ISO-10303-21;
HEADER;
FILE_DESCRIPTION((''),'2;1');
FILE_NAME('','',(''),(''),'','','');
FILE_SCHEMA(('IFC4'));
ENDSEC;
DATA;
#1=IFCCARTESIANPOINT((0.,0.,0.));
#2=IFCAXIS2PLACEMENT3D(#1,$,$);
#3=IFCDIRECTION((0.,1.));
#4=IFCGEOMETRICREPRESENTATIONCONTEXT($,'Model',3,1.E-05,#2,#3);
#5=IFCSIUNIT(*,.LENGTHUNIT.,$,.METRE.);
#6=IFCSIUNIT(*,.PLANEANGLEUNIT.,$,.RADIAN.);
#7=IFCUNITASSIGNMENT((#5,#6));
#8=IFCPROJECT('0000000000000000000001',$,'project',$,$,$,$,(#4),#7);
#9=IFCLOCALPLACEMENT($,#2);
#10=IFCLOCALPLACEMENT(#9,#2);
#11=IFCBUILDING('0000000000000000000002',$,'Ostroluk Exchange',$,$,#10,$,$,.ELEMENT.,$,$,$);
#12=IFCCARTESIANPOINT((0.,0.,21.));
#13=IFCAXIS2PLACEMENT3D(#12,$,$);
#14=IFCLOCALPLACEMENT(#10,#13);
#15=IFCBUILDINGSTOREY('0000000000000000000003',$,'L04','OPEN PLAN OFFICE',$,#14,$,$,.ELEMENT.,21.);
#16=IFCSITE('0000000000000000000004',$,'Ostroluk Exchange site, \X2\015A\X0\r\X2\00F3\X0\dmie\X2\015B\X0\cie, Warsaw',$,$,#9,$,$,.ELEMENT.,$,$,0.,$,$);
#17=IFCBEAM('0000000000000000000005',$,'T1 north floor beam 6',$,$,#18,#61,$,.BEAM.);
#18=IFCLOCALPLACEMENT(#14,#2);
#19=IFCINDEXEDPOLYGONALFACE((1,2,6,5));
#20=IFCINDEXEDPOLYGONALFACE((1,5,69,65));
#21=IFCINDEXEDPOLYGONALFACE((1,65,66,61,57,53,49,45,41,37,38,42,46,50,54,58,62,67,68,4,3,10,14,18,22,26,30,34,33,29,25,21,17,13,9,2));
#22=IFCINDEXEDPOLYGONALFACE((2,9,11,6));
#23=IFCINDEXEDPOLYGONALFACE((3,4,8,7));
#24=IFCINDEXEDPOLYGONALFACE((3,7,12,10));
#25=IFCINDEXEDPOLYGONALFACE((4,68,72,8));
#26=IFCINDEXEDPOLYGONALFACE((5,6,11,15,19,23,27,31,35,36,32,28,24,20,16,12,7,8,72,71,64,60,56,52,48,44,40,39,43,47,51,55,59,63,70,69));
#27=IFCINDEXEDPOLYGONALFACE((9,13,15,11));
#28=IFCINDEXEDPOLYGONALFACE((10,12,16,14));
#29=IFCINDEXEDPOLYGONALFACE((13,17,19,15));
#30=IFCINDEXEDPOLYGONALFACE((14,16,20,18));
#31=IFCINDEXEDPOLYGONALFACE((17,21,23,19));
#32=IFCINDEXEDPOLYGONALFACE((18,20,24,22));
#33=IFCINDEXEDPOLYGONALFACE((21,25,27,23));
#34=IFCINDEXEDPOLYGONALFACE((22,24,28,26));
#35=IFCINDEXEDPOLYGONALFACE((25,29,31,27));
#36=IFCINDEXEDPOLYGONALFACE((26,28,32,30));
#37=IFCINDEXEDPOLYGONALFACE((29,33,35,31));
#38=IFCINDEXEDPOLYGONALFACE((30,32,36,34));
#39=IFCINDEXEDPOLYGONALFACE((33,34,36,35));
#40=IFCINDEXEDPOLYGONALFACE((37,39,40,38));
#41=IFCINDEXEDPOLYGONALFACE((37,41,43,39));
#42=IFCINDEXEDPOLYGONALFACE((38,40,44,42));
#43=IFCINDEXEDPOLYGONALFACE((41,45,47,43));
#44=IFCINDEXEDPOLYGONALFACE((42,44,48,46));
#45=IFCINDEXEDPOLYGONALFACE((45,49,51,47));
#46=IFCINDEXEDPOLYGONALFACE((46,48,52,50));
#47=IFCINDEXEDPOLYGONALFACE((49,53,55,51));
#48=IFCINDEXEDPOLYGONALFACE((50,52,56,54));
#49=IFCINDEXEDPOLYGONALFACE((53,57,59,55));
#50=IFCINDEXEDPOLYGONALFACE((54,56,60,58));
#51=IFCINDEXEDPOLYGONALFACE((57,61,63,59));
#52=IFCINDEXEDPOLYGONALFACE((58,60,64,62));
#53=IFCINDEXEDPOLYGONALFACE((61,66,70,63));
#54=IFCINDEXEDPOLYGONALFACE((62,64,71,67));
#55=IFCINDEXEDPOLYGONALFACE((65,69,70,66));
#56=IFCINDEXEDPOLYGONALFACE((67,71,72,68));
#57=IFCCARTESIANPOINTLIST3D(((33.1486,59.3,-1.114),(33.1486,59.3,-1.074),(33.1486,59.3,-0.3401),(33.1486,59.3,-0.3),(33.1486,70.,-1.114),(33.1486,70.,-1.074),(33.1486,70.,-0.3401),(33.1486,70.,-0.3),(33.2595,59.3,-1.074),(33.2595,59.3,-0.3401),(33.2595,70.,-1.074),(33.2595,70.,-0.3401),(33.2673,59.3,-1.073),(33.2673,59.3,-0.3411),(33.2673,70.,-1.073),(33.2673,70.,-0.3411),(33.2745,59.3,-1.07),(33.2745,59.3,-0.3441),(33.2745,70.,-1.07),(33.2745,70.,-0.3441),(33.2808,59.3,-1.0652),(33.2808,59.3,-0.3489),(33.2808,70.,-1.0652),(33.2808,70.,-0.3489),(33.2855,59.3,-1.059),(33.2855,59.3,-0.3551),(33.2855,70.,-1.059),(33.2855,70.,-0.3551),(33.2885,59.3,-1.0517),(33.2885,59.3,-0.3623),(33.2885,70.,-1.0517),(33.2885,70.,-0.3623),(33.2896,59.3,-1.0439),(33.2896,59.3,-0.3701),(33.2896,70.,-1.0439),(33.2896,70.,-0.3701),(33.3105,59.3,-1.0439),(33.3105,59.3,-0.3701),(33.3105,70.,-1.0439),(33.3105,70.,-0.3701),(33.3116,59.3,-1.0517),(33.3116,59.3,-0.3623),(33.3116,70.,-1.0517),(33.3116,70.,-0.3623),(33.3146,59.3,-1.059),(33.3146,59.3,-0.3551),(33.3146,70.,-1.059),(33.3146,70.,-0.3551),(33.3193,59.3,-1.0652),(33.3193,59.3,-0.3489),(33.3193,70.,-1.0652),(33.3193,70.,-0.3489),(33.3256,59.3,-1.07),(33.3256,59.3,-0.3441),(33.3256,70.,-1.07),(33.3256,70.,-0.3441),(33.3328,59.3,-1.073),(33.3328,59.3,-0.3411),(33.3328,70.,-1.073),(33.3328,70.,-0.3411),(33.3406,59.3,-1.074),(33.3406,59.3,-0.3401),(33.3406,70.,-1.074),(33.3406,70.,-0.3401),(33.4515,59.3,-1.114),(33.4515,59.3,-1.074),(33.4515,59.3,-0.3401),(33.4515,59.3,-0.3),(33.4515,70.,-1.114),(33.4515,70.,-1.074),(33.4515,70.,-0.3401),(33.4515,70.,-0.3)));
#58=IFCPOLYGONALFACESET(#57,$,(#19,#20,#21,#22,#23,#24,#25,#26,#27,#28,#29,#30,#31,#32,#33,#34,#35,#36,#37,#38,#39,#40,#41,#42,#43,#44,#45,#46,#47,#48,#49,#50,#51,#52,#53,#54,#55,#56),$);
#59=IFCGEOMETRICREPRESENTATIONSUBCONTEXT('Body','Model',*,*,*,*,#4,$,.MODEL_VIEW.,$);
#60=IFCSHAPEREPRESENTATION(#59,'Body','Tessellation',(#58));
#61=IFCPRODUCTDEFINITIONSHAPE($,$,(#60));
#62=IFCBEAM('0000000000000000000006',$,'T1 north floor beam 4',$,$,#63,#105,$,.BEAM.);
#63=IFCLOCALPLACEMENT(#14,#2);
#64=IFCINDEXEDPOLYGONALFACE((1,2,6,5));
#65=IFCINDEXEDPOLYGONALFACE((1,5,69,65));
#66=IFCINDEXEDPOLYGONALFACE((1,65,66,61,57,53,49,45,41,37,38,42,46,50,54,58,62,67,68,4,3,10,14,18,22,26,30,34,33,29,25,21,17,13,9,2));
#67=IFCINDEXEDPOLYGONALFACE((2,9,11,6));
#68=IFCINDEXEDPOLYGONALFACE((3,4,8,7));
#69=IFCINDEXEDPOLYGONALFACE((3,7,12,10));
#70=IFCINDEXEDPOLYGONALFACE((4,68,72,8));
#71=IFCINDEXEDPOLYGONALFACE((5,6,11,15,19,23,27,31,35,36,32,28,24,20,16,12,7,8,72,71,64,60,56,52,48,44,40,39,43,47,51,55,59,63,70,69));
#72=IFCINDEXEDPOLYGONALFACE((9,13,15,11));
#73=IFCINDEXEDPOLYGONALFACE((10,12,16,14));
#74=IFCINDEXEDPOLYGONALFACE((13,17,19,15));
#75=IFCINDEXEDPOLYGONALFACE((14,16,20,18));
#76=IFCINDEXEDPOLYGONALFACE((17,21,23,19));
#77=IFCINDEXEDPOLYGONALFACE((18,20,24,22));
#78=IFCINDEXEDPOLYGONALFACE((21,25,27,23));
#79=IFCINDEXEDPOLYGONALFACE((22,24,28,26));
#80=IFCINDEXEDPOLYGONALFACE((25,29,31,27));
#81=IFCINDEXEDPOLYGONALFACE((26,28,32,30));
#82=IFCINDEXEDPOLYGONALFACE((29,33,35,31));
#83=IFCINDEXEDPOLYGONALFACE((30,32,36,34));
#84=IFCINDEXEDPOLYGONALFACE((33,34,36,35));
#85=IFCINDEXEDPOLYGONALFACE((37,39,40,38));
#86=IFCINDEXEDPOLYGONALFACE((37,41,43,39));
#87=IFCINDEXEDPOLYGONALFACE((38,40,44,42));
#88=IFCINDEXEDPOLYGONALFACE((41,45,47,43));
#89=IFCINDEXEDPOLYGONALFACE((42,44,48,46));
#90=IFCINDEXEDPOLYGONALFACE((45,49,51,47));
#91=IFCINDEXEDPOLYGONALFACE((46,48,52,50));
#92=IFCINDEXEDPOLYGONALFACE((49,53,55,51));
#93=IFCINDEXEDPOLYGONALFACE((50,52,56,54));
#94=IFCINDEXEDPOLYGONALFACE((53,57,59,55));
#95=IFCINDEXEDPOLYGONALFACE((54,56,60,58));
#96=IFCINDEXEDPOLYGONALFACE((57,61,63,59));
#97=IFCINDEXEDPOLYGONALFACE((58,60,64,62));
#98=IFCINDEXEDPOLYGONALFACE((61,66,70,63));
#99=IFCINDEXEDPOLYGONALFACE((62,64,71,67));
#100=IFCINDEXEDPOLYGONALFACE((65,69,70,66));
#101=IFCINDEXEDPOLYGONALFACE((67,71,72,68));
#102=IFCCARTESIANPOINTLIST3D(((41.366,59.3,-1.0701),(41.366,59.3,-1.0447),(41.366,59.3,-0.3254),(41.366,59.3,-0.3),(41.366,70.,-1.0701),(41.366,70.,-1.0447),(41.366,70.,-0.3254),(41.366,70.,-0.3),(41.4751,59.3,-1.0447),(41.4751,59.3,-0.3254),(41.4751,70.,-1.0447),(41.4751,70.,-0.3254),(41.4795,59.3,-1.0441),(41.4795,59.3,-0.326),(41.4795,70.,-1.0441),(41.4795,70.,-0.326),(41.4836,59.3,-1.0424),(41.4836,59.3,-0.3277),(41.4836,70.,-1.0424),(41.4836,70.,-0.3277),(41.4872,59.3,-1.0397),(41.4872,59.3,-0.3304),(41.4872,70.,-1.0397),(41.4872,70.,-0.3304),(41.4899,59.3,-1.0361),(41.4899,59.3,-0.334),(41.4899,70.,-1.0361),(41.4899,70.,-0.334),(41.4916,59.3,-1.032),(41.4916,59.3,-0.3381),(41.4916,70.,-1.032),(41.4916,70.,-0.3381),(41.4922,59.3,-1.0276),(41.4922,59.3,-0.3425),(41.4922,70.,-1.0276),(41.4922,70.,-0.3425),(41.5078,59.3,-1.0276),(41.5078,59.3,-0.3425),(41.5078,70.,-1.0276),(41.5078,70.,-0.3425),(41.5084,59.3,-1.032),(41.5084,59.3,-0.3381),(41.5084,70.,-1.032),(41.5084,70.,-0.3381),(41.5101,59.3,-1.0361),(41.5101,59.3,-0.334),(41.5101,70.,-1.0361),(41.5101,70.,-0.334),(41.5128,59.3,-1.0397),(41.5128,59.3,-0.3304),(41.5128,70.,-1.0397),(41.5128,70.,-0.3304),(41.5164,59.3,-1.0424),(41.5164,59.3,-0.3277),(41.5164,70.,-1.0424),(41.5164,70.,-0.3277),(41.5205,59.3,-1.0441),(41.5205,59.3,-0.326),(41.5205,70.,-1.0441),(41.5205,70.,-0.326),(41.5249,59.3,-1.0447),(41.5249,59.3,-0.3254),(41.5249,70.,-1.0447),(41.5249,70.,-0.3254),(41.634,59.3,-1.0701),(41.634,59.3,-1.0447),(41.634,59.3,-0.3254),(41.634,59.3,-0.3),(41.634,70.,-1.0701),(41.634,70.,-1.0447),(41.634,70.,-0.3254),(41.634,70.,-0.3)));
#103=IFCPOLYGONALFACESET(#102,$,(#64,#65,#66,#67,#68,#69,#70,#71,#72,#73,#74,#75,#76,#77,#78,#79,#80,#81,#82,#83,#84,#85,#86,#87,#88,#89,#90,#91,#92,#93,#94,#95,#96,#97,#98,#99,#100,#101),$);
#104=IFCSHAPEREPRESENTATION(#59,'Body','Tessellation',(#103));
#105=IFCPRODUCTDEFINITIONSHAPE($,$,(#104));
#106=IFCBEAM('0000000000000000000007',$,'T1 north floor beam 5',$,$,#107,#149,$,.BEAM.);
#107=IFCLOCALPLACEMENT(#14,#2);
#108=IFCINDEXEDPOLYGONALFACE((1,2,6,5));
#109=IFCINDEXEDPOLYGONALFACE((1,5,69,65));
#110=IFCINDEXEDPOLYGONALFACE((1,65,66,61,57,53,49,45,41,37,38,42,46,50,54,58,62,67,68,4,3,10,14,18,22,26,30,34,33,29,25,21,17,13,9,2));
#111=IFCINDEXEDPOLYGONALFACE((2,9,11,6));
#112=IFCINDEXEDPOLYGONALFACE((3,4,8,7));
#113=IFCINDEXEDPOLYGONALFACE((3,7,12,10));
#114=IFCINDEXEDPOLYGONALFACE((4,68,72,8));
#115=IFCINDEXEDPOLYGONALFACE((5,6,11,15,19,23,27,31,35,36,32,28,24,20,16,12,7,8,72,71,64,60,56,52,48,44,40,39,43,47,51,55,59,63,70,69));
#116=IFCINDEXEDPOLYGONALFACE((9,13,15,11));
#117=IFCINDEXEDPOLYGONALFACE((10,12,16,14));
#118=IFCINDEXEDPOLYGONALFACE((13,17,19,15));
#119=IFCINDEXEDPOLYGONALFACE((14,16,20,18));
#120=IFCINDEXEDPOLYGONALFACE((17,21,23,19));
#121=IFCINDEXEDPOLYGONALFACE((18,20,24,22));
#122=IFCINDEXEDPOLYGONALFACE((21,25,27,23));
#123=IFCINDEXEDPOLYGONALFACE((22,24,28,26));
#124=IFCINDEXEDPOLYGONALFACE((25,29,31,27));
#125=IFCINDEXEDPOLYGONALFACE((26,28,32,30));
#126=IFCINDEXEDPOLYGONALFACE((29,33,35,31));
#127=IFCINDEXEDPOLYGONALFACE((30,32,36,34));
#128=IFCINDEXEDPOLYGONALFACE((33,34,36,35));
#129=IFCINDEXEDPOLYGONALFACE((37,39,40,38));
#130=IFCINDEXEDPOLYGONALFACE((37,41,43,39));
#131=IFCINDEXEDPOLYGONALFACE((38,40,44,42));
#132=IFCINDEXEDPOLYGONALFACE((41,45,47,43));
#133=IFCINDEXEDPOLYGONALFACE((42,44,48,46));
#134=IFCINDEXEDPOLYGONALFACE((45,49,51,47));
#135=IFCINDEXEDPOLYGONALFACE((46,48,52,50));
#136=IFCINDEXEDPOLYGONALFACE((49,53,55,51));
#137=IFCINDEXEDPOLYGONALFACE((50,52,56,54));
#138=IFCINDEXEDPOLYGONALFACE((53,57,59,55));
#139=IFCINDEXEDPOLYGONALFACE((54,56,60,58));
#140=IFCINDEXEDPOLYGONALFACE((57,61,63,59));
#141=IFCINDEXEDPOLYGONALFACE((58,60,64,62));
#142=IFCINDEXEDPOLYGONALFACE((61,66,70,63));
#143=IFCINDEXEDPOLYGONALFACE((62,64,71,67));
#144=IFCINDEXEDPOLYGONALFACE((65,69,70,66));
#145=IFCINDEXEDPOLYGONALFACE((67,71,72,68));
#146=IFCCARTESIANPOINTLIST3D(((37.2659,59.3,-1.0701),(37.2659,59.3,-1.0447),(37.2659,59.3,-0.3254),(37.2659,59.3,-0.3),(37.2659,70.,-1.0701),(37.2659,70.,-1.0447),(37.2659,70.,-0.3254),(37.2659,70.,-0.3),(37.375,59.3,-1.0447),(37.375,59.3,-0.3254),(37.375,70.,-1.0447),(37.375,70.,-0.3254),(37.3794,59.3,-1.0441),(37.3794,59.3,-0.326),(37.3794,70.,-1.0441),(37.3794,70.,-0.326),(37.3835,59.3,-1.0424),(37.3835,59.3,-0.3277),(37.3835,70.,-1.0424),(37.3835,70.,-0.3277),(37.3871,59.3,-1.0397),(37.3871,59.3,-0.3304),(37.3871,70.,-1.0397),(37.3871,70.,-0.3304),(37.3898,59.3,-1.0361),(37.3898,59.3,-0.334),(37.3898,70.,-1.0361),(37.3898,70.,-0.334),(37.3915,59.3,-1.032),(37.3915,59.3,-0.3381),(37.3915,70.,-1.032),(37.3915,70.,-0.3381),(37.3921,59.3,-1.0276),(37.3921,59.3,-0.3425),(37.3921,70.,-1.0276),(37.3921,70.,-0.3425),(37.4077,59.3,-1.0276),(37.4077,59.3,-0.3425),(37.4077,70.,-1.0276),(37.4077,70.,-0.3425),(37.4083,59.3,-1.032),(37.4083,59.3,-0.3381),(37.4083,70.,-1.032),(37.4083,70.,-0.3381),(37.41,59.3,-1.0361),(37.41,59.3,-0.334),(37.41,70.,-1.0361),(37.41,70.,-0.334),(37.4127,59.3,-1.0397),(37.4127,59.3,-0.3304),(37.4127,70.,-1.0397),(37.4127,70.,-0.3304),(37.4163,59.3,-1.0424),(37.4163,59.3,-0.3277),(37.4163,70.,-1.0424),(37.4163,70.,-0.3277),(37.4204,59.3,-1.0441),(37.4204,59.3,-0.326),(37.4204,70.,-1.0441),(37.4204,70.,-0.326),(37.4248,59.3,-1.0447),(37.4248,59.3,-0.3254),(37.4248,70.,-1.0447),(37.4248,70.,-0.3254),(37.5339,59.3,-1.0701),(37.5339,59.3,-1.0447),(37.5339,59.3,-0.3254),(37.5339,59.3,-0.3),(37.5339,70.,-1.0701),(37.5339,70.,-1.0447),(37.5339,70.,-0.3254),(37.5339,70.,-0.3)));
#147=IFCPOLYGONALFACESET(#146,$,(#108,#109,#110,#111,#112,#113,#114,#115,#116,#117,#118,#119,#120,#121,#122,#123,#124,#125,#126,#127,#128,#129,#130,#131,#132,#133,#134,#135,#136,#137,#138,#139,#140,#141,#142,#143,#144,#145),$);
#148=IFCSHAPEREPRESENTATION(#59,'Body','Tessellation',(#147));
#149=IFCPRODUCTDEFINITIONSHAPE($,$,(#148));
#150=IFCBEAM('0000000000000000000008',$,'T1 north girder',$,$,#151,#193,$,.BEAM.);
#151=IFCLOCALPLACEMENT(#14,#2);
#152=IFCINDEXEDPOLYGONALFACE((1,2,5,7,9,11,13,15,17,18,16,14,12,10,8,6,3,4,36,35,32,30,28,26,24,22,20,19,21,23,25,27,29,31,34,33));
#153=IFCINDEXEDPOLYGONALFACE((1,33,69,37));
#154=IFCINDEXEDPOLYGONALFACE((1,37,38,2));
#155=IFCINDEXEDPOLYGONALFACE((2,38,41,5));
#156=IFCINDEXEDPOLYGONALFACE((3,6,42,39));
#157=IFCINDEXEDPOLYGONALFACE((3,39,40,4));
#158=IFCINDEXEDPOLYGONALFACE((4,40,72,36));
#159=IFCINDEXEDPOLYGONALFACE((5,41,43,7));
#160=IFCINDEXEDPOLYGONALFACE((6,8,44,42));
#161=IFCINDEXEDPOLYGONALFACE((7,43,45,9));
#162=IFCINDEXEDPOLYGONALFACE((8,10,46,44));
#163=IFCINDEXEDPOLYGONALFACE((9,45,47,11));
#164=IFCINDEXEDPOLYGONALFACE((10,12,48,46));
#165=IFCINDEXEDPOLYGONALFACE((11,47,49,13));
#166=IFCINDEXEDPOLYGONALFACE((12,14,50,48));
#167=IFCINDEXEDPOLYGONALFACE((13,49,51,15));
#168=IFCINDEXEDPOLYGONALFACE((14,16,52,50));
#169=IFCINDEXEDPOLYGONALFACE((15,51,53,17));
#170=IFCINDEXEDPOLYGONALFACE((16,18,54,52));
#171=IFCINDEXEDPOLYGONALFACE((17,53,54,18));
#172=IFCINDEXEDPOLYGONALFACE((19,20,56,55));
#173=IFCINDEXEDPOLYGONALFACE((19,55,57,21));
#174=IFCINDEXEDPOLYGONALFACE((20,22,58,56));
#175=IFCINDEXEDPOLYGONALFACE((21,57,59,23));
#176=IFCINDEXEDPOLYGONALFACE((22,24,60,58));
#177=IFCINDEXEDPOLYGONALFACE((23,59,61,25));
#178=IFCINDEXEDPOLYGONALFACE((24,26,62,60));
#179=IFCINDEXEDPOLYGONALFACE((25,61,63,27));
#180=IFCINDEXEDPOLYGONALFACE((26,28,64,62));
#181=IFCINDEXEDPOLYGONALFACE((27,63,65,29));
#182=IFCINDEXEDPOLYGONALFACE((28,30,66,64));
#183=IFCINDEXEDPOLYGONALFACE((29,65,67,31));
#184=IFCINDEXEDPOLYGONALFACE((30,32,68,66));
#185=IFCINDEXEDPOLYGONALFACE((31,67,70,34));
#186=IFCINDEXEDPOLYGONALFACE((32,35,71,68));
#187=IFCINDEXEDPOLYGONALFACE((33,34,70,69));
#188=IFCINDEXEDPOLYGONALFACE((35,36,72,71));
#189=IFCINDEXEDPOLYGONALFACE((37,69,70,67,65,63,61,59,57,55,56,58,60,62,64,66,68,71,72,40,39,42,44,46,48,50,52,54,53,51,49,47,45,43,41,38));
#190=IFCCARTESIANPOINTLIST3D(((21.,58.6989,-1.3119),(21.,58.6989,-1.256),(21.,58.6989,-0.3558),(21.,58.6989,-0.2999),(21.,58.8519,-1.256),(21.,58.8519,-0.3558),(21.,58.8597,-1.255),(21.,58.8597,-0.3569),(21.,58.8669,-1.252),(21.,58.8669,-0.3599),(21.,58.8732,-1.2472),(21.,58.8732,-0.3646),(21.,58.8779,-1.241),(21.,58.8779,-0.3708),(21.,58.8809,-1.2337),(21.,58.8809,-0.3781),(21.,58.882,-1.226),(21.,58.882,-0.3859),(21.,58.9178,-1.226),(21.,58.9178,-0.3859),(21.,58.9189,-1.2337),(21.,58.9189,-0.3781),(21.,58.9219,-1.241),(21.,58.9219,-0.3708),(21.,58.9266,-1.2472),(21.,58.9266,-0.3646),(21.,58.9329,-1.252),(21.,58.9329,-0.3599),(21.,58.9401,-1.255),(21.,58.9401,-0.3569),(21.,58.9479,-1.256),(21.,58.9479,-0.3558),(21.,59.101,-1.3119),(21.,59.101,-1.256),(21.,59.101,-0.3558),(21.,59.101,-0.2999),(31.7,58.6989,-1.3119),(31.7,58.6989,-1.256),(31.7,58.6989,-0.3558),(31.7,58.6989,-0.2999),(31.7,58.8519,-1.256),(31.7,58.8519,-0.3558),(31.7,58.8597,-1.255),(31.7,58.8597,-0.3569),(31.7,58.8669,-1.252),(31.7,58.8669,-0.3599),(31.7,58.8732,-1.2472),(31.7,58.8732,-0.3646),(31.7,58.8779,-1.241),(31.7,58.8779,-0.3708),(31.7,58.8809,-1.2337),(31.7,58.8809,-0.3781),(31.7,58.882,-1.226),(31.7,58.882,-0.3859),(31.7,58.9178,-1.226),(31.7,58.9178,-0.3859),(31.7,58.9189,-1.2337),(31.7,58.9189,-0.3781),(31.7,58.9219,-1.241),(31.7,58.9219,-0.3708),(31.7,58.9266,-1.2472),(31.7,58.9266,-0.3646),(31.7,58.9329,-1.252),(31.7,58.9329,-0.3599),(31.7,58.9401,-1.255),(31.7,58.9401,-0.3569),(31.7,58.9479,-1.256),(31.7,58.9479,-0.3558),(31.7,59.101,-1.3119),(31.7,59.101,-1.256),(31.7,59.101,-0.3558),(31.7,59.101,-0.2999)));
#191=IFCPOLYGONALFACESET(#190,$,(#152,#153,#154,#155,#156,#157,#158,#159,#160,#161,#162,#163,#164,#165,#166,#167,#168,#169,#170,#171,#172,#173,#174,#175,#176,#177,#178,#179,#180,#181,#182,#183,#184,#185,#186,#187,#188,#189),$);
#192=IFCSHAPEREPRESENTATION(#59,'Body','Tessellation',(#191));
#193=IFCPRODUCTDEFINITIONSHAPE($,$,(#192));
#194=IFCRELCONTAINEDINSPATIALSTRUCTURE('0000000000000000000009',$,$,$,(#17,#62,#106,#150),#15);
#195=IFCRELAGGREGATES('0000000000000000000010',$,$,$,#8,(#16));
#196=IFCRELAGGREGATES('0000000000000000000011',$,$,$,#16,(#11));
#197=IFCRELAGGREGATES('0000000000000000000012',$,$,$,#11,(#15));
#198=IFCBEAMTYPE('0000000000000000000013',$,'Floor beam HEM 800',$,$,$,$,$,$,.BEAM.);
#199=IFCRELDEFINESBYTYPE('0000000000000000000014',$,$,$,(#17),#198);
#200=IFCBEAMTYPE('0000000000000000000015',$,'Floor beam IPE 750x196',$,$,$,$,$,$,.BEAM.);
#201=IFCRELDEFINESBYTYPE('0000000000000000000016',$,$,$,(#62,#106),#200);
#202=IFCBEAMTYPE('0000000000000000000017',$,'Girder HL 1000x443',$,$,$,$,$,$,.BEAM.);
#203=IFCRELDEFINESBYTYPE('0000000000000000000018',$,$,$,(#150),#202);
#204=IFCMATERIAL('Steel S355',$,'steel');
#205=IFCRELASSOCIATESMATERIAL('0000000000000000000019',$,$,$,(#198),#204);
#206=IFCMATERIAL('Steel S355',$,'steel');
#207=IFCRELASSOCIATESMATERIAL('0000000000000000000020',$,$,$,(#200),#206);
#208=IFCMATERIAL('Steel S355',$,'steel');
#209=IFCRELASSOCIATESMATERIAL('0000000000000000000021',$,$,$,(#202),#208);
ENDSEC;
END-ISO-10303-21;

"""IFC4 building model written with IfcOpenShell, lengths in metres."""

from ifc_helpers import new_model, si_unit, direction, frame, origin, origin_2d, place, context, subcontext, project, spatial, i_section, extrude, material, material_profile, profile_set, type_object, element, save


model = new_model("IFC4")

# Units and contexts
model_context = context("Model", 3, precision=1e-05, world=origin(), true_north=direction((0.0, 1.0)))
body_context = subcontext(model_context, "Body", "Model", "MODEL_VIEW")
ifc_project = project(units=[si_unit("LENGTHUNIT", "METRE"), si_unit("PLANEANGLEUNIT", "RADIAN")], contexts=[model_context])

# Site, building, storey
site_placement = place(None, origin())
site = spatial("IfcSite", under=ifc_project, at=site_placement, Name="Ostroluk Exchange site, Śródmieście, Warsaw", CompositionType="ELEMENT", RefElevation=0.0)
building_placement = place(site_placement, origin())
building = spatial("IfcBuilding", under=site, at=building_placement, Name="Ostroluk Exchange", CompositionType="ELEMENT")
storey_placement = place(building_placement, frame((0.0, 0.0, 21.0)))
storey = spatial("IfcBuildingStorey", under=building, at=storey_placement, Name="L04", Description="OPEN PLAN OFFICE", CompositionType="ELEMENT", Elevation=21.0)

# Beams
ifc_material_1 = material(Name="Steel S355", Category="steel")
ifc_material_profile_1 = material_profile(ifc_material_1, i_section(OverallWidth=0.303, OverallDepth=0.814, WebThickness=0.021, FlangeThickness=0.04, FilletRadius=0.03, at=origin_2d()), Name="HEM 800")
ifc_profile_set_1 = profile_set([ifc_material_profile_1], Name="Steel S355")
beam_type_1 = type_object("IfcBeamType", Name="Floor beam HEM 800", PredefinedType="BEAM", material=ifc_profile_set_1)
beam_1_placement = place(storey_placement, frame((33.3, 59.3, -0.707), z_axis=(0.0, 1.0, 0.0), x_axis=(-1.0, 0.0, 0.0)))
element("IfcBeam", 1, at=beam_1_placement, inside=storey, type_object=beam_type_1, Name="T1 north floor beam 6", PredefinedType="BEAM", context=body_context, shape_type="SweptSolid", body=[
    extrude(i_section(OverallWidth=0.303, OverallDepth=0.814, WebThickness=0.021, FlangeThickness=0.04, FilletRadius=0.03, at=origin_2d()), origin(), (0.0, 0.0, 1.0), 10.7),
])
ifc_material_2 = material(Name="Steel S355", Category="steel")
ifc_material_profile_2 = material_profile(ifc_material_2, i_section(OverallWidth=0.2681, OverallDepth=0.77, WebThickness=0.0156, FlangeThickness=0.0254, FilletRadius=0.0171, at=origin_2d()), Name="IPE 750x196")
ifc_profile_set_2 = profile_set([ifc_material_profile_2], Name="Steel S355")
beam_type_2 = type_object("IfcBeamType", Name="Floor beam IPE 750x196", PredefinedType="BEAM", material=ifc_profile_set_2)
for number, where, z_axis, x_axis, name in (
    (2, (41.5, 59.3, -0.6851), (0.0, 1.0, 0.0), (-1.0, 0.0, 0.0), "T1 north floor beam 4"),
    (3, (37.3999, 59.3, -0.6851), (0.0, 1.0, 0.0), (-1.0, 0.0, 0.0), "T1 north floor beam 5"),
):
    element("IfcBeam", number, at=place(storey_placement, frame(where, z_axis=z_axis, x_axis=x_axis)), inside=storey, type_object=beam_type_2, Name=name, PredefinedType="BEAM", context=body_context, shape_type="SweptSolid", body=[
        extrude(i_section(OverallWidth=0.2681, OverallDepth=0.77, WebThickness=0.0156, FlangeThickness=0.0254, FilletRadius=0.0171, at=origin_2d()), origin(), (0.0, 0.0, 1.0), 10.7),
    ])
ifc_material_3 = material(Name="Steel S355", Category="steel")
ifc_material_profile_3 = material_profile(ifc_material_3, i_section(OverallWidth=0.4021, OverallDepth=1.012, WebThickness=0.0359, FlangeThickness=0.0559, FilletRadius=0.03, at=origin_2d()), Name="HL 1000x443")
ifc_profile_set_3 = profile_set([ifc_material_profile_3], Name="Steel S355")
beam_type_3 = type_object("IfcBeamType", Name="Girder HL 1000x443", PredefinedType="BEAM", material=ifc_profile_set_3)
beam_2_placement = place(storey_placement, frame((31.7, 58.8999, -0.8059), z_axis=(-1.0, 0.0, 0.0), x_axis=(0.0, -1.0, 0.0)))
element("IfcBeam", 4, at=beam_2_placement, inside=storey, type_object=beam_type_3, Name="T1 north girder", PredefinedType="BEAM", context=body_context, shape_type="SweptSolid", body=[
    extrude(i_section(OverallWidth=0.4021, OverallDepth=1.012, WebThickness=0.0359, FlangeThickness=0.0559, FilletRadius=0.03, at=origin_2d()), origin(), (0.0, 0.0, 1.0), 10.7),
])

save(model, "model.ifc")
